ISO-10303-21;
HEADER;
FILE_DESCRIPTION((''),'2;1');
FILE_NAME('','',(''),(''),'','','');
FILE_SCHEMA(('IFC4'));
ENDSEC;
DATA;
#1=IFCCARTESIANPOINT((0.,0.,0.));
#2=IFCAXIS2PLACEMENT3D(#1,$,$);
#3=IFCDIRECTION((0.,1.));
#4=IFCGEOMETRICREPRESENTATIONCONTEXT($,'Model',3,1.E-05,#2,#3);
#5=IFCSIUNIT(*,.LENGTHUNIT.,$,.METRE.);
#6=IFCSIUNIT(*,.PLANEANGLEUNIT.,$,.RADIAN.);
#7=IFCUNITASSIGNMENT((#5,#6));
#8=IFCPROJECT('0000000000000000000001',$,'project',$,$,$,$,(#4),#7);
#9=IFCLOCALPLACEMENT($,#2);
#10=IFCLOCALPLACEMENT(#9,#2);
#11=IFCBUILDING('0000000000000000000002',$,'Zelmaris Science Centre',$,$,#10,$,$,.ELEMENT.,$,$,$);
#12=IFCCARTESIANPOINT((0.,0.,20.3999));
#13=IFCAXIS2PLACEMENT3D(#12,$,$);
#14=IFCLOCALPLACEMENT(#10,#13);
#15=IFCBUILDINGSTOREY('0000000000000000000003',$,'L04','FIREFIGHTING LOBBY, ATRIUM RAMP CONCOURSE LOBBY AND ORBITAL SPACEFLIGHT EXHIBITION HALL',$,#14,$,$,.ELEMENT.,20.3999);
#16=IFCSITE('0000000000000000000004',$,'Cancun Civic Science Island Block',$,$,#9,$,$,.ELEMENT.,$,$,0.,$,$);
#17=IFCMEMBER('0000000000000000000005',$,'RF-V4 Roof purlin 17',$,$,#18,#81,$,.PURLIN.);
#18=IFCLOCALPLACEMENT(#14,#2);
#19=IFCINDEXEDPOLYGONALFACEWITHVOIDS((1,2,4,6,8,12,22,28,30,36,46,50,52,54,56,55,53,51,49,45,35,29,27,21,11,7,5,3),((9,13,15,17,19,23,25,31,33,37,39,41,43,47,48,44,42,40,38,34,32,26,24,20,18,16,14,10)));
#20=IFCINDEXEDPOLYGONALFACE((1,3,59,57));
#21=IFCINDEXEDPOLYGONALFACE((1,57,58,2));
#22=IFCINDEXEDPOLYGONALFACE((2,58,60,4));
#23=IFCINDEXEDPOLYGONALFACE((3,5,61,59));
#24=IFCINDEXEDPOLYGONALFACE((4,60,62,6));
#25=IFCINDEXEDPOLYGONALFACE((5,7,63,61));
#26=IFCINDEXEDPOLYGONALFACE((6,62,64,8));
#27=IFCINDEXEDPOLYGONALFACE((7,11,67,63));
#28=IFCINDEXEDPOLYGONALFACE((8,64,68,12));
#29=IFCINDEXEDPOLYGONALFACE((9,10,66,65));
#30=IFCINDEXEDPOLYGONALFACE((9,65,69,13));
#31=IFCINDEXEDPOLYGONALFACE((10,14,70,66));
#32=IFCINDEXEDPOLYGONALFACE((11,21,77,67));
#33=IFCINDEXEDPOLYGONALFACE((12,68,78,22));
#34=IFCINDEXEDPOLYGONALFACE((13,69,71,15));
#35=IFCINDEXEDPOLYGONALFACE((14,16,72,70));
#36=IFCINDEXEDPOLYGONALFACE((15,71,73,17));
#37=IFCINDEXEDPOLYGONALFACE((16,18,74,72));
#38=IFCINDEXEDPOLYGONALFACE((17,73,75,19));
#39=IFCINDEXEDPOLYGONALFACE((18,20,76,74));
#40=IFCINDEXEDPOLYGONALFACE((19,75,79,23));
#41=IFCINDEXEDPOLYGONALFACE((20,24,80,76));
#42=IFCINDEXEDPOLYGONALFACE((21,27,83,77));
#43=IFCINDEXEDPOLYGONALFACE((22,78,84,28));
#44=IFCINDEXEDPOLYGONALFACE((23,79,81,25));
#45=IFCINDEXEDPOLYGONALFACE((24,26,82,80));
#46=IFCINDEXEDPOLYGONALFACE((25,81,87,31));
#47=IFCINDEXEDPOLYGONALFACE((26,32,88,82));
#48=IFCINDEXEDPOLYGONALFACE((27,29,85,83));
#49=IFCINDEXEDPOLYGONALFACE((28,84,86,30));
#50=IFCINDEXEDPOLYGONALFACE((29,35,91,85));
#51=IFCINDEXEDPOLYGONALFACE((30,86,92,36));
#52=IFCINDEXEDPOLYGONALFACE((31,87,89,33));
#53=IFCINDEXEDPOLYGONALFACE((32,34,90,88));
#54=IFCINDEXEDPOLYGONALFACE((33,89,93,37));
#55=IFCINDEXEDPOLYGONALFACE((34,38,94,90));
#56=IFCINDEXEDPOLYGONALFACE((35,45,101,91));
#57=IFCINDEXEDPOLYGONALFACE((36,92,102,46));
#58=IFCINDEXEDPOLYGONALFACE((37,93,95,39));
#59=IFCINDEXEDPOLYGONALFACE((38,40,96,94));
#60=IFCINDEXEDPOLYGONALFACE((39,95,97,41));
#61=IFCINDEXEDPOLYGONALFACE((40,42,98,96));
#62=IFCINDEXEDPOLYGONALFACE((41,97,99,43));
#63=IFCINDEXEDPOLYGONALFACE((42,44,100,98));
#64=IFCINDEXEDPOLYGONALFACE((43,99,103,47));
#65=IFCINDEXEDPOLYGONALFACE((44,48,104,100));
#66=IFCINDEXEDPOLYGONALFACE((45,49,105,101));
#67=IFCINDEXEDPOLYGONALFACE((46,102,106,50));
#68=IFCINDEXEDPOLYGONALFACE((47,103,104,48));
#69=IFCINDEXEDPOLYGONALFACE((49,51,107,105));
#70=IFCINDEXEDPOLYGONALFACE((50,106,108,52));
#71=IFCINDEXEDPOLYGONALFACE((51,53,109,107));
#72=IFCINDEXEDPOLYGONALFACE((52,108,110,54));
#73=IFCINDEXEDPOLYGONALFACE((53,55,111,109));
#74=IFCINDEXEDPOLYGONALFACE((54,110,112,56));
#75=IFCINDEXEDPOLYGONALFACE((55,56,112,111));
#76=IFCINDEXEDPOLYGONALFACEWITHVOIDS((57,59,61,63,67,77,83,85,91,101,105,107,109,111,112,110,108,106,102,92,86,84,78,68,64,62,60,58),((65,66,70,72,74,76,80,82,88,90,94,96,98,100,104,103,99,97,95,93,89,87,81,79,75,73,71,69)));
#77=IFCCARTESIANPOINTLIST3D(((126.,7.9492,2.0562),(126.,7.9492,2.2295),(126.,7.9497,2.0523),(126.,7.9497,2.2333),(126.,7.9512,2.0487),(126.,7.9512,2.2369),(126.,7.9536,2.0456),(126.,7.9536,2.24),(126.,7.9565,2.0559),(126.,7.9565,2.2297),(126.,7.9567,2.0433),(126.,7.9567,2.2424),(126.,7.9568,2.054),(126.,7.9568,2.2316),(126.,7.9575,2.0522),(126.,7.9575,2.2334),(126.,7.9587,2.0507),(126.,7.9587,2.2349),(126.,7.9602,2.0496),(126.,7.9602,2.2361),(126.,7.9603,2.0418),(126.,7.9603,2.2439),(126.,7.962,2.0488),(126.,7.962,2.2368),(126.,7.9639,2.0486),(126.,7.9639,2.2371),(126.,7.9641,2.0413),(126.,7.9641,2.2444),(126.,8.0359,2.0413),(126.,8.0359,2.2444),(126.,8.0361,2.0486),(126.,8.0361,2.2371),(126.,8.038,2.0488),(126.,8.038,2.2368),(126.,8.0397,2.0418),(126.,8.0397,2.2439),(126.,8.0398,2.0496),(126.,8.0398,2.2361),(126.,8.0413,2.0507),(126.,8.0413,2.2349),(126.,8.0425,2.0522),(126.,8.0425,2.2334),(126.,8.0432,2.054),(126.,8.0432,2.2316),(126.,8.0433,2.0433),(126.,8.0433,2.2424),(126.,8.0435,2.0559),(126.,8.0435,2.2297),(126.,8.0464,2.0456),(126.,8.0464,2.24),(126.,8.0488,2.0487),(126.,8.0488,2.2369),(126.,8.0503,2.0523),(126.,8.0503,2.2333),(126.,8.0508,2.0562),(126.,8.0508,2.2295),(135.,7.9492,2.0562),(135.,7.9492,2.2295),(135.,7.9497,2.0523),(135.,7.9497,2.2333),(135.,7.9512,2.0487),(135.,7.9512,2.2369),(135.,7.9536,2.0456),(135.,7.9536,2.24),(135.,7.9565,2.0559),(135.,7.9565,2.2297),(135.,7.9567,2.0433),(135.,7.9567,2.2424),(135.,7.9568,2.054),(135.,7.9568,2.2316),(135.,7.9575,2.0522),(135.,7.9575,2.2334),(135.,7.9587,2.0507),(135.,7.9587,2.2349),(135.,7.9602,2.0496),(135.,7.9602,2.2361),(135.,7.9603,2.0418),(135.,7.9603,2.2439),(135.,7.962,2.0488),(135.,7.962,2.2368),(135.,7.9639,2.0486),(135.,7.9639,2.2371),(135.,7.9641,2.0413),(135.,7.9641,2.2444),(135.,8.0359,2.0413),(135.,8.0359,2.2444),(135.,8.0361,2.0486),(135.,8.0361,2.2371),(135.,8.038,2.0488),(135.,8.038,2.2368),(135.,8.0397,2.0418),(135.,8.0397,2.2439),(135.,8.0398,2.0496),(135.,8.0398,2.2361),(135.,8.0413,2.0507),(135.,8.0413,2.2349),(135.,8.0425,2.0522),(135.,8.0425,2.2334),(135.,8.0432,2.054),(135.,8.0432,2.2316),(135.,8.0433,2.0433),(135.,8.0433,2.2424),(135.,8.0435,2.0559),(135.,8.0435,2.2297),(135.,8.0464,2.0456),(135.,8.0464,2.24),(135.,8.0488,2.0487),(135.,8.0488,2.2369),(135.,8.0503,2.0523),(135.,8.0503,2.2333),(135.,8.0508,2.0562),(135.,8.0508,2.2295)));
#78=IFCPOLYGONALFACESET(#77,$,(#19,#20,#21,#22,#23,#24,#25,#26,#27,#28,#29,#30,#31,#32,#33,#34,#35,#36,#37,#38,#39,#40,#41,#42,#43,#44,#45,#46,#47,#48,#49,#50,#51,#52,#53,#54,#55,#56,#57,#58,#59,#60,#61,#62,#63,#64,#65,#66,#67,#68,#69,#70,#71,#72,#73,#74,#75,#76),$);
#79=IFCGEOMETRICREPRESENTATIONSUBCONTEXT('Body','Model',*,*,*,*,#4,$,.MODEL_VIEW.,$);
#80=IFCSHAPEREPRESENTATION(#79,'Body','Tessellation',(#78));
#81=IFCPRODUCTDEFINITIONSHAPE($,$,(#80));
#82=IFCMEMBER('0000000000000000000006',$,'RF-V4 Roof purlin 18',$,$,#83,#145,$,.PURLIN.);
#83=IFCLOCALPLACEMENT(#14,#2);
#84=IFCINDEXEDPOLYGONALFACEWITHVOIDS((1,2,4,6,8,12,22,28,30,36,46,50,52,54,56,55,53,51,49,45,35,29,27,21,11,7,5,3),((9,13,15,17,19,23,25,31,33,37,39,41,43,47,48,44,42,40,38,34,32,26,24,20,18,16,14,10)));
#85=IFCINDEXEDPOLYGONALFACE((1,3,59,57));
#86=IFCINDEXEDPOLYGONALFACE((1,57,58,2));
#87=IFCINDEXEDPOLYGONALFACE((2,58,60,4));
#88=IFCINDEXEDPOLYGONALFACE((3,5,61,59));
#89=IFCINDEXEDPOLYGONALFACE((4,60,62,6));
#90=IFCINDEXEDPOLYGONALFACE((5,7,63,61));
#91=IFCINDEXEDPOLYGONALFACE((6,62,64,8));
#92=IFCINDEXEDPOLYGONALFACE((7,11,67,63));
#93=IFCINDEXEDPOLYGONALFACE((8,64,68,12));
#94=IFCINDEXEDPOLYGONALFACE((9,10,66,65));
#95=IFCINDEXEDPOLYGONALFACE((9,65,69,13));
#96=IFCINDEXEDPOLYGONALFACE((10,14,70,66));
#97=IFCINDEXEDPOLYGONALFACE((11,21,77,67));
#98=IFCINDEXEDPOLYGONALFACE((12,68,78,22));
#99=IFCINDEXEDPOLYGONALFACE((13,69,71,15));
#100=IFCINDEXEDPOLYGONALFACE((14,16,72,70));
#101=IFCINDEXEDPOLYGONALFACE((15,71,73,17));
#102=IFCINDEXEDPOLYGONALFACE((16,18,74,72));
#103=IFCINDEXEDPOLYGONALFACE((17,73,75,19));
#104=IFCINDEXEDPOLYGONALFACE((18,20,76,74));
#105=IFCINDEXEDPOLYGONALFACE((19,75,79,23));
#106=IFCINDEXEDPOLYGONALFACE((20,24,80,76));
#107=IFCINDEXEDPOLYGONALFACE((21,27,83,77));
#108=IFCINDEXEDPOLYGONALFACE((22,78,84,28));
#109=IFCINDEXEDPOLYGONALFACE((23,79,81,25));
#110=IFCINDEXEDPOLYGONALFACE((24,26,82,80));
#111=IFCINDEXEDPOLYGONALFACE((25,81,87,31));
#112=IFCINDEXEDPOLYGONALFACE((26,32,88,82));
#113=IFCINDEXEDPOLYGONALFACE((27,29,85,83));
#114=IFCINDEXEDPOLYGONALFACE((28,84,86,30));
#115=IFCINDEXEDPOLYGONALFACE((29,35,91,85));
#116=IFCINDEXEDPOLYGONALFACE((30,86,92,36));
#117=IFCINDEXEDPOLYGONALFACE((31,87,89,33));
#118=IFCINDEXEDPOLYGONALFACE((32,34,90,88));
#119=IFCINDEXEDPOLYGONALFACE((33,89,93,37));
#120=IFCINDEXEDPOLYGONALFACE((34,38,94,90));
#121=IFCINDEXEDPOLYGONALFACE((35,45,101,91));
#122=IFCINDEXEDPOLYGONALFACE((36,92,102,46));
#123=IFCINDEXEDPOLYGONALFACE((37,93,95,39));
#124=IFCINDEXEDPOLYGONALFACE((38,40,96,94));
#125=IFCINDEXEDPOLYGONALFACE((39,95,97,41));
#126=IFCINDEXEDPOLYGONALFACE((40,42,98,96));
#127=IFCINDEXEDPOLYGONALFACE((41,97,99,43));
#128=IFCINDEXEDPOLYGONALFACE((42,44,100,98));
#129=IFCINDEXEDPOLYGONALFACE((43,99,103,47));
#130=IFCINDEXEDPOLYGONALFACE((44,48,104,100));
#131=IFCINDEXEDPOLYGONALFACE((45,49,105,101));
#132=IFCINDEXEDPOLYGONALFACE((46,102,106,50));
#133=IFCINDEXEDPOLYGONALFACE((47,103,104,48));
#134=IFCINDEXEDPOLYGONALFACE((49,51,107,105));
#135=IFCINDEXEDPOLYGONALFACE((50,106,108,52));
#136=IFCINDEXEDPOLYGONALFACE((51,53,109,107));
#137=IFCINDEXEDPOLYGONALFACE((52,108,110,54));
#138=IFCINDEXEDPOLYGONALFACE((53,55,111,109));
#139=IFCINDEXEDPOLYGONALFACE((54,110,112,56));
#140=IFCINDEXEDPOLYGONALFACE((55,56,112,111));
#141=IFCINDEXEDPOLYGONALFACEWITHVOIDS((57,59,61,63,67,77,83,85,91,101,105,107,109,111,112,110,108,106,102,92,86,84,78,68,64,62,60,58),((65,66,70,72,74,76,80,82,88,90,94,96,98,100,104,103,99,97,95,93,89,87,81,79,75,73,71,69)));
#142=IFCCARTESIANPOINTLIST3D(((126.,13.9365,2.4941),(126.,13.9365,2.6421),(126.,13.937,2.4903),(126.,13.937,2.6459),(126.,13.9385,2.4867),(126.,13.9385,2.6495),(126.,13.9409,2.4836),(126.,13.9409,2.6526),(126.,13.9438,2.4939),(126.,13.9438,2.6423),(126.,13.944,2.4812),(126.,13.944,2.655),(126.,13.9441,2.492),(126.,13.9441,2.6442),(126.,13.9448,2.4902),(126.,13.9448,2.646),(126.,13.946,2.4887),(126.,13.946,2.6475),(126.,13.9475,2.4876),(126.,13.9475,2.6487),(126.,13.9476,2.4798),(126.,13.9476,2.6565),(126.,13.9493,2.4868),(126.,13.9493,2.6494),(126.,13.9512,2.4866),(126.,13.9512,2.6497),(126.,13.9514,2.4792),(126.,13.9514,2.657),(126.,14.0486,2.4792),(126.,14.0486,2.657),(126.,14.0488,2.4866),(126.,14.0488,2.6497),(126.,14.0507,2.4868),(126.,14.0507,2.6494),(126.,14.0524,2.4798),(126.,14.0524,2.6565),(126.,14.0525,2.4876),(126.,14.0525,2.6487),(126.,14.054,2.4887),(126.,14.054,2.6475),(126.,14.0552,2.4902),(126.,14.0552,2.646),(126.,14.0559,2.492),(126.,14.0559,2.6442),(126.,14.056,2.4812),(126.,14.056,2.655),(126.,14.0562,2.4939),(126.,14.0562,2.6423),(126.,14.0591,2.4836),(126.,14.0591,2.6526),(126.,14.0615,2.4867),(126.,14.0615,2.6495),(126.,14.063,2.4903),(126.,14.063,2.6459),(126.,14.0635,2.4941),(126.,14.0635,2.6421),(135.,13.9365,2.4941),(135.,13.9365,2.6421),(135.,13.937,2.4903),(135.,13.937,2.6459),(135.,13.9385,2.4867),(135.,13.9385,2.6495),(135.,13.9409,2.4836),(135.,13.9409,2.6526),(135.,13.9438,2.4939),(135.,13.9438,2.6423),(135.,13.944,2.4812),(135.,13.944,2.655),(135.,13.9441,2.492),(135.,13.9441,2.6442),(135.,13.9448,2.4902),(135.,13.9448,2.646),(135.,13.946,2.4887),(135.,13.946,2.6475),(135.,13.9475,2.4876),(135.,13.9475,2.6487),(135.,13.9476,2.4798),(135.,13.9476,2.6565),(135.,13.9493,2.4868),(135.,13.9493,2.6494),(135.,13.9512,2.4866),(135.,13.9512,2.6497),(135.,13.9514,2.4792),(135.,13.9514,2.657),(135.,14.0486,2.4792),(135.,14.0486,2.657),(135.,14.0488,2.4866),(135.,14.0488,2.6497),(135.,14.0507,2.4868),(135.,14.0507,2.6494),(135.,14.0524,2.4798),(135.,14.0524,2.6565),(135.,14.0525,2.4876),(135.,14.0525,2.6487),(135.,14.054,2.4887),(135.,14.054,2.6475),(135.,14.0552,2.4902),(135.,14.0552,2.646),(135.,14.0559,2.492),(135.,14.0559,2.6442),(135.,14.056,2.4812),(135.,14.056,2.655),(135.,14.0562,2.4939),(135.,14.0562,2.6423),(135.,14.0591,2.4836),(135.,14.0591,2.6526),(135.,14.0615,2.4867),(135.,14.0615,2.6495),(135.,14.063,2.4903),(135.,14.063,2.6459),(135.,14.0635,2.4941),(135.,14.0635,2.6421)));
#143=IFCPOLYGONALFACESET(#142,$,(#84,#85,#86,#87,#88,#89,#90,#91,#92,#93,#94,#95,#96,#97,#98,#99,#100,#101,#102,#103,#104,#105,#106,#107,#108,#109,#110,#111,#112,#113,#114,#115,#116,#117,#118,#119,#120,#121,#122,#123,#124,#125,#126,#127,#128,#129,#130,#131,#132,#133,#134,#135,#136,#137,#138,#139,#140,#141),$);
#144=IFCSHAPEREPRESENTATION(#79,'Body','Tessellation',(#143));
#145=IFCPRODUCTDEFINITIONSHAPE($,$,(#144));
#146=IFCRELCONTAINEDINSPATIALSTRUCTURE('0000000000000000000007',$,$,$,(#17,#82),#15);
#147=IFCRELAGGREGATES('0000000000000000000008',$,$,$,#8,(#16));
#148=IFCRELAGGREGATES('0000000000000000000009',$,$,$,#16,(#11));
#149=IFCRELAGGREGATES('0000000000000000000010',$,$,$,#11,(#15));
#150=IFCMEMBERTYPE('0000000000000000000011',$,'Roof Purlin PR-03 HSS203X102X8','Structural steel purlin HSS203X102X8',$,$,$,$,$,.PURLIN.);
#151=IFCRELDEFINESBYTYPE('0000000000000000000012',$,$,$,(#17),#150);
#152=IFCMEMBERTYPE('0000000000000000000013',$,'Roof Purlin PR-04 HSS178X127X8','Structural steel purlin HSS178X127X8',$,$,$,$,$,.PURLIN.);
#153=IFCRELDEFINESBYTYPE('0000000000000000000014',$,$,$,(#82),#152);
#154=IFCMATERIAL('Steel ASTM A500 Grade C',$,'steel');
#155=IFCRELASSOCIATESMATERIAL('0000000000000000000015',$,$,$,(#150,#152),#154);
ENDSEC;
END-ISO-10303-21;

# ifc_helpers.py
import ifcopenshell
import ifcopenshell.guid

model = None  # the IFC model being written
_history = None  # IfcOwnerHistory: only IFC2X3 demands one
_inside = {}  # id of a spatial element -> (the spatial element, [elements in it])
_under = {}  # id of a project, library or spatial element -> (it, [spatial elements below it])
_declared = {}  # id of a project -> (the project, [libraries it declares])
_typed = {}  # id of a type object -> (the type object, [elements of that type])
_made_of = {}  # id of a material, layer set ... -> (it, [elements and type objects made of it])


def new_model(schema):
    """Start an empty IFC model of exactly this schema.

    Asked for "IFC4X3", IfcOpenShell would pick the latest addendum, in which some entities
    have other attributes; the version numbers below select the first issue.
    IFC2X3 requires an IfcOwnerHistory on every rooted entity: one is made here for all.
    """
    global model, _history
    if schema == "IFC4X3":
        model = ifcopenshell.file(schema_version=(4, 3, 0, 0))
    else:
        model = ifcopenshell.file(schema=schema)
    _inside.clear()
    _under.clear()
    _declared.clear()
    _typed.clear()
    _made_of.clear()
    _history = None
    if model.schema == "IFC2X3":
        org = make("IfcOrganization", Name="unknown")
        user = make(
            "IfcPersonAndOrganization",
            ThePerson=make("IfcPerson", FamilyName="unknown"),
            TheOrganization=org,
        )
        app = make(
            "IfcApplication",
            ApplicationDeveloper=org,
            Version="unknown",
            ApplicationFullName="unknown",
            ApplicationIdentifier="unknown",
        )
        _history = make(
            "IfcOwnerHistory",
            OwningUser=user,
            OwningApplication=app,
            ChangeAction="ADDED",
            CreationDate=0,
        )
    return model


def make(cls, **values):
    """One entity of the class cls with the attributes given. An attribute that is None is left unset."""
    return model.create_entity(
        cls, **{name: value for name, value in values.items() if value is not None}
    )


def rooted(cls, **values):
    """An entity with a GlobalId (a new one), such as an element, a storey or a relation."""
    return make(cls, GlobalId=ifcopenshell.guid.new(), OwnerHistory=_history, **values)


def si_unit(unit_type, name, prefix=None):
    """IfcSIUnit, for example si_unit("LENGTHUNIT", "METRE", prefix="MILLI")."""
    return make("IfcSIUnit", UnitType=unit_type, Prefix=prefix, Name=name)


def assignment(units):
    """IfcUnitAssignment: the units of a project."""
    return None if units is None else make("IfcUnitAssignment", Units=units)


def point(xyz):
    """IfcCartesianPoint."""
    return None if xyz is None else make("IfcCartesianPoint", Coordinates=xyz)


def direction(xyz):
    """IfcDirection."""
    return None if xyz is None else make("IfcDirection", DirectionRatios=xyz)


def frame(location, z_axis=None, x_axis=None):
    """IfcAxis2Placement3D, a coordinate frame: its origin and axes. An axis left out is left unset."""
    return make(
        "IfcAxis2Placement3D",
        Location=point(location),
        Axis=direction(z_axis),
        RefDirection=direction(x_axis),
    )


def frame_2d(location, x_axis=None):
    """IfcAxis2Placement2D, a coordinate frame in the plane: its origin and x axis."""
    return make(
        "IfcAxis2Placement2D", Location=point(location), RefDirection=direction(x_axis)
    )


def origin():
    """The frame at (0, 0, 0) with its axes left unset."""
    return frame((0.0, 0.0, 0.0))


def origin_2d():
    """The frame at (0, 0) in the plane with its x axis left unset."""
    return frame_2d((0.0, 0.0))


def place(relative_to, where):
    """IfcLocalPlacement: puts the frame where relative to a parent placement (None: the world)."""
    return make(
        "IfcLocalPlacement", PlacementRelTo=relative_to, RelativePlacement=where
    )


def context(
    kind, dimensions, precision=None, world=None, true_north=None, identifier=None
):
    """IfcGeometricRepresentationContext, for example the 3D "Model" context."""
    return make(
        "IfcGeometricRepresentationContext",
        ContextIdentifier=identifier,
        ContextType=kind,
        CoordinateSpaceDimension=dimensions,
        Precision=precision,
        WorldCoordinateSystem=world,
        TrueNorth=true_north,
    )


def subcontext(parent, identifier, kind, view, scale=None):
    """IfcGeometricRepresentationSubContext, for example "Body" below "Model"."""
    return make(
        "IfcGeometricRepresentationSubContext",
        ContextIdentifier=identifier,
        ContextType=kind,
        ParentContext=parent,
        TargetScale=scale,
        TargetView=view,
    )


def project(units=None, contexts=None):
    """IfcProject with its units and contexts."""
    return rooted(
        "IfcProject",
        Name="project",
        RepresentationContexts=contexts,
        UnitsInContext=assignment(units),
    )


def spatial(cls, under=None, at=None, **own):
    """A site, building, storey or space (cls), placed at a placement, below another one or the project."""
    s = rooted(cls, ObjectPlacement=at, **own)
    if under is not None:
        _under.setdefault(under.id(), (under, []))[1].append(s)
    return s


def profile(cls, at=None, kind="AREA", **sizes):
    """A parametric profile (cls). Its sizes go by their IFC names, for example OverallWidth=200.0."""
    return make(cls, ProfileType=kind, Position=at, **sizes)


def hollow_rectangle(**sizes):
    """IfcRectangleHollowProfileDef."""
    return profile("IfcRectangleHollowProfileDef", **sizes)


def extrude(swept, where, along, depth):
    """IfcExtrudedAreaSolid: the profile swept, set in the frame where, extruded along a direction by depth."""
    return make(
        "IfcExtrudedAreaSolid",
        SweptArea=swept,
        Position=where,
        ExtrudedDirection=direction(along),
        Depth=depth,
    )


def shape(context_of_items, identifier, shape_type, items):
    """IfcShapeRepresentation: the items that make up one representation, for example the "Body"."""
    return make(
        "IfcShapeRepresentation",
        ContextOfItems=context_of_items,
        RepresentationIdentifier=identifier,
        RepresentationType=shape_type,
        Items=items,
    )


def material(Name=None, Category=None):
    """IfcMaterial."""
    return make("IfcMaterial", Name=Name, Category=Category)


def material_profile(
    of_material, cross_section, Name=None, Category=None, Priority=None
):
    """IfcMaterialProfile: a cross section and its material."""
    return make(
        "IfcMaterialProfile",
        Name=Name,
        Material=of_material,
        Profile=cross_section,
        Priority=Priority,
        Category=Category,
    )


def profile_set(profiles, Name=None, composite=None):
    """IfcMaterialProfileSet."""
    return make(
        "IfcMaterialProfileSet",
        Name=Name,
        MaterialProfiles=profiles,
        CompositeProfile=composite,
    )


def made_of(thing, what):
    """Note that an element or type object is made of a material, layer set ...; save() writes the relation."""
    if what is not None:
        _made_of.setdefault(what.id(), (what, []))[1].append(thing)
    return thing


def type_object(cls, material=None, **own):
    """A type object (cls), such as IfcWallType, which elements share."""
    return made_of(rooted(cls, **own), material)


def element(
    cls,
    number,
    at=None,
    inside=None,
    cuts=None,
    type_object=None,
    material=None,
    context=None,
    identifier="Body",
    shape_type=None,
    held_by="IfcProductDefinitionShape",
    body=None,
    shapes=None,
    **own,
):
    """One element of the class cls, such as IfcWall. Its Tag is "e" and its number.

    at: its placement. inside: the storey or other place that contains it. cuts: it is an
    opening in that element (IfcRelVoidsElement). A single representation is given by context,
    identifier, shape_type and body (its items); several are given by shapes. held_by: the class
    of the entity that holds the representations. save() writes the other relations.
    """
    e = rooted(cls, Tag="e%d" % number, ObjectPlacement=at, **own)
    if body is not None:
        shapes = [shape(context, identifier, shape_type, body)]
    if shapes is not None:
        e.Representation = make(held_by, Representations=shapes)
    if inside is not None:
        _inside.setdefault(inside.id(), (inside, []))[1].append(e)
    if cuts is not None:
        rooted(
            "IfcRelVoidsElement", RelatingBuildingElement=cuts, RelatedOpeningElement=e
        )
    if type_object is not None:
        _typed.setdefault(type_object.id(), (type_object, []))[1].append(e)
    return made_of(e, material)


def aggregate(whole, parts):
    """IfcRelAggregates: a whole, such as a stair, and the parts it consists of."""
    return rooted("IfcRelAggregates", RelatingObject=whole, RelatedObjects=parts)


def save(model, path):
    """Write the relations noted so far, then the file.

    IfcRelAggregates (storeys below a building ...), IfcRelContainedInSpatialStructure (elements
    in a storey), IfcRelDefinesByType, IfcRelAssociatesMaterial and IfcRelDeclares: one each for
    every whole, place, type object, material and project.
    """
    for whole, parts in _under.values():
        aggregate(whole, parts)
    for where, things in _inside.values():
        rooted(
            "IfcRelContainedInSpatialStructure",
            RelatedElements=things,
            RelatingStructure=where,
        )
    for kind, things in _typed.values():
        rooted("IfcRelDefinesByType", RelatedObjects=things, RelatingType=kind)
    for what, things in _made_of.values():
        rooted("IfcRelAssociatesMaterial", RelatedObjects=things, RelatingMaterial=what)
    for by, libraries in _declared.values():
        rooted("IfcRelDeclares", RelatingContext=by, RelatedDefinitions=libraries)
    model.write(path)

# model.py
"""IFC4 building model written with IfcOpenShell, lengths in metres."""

from ifc_helpers import new_model, si_unit, direction, frame, origin, origin_2d, place, context, subcontext, project, spatial, hollow_rectangle, extrude, material, material_profile, profile_set, type_object, element, save


model = new_model("IFC4")

# Units and contexts
model_context = context("Model", 3, precision=1e-05, world=origin(), true_north=direction((0.0, 1.0)))
body_context = subcontext(model_context, "Body", "Model", "MODEL_VIEW")
ifc_project = project(units=[si_unit("LENGTHUNIT", "METRE"), si_unit("PLANEANGLEUNIT", "RADIAN")], contexts=[model_context])

# Site, building, storey
site_placement = place(None, origin())
site = spatial("IfcSite", under=ifc_project, at=site_placement, Name="Cancun Civic Science Island Block", CompositionType="ELEMENT", RefElevation=0.0)
building_placement = place(site_placement, origin())
building = spatial("IfcBuilding", under=site, at=building_placement, Name="Zelmaris Science Centre", CompositionType="ELEMENT")
storey_placement = place(building_placement, frame((0.0, 0.0, 20.3999)))
storey = spatial("IfcBuildingStorey", under=building, at=storey_placement, Name="L04", Description="FIREFIGHTING LOBBY, ATRIUM RAMP CONCOURSE LOBBY AND ORBITAL SPACEFLIGHT EXHIBITION HALL", CompositionType="ELEMENT", Elevation=20.3999)

# Shared definitions
ifc_material = material(Name="Steel ASTM A500 Grade C", Category="steel")

# Members
ifc_material_profile_1 = material_profile(ifc_material, hollow_rectangle(XDim=0.1016, YDim=0.2031, WallThickness=0.0073, InnerFilletRadius=0.0073, OuterFilletRadius=0.0149, at=origin_2d()), Name="HSS203X102X8")
ifc_profile_set_1 = profile_set([ifc_material_profile_1], Name="Steel ASTM A500 Grade C")
member_type_1 = type_object("IfcMemberType", Name="Roof Purlin PR-03 HSS203X102X8", Description="Structural steel purlin HSS203X102X8", PredefinedType="PURLIN", material=ifc_profile_set_1)
member_1_placement = place(storey_placement, frame((126.0, 8.0, 2.1428), z_axis=(1.0, 0.0, 0.0), x_axis=(0.0, 1.0, 0.0)))
element("IfcMember", 1, at=member_1_placement, inside=storey, type_object=member_type_1, Name="RF-V4 Roof purlin 17", PredefinedType="PURLIN", context=body_context, shape_type="SweptSolid", body=[
    extrude(hollow_rectangle(XDim=0.1016, YDim=0.2031, WallThickness=0.0073, InnerFilletRadius=0.0073, OuterFilletRadius=0.0149, at=origin_2d()), origin(), (0.0, 0.0, 1.0), 9.0),
])
ifc_material_profile_2 = material_profile(ifc_material, hollow_rectangle(XDim=0.127, YDim=0.1777, WallThickness=0.0073, InnerFilletRadius=0.0073, OuterFilletRadius=0.0149, at=origin_2d()), Name="HSS178X127X8")
ifc_profile_set_2 = profile_set([ifc_material_profile_2], Name="Steel ASTM A500 Grade C")
member_type_2 = type_object("IfcMemberType", Name="Roof Purlin PR-04 HSS178X127X8", Description="Structural steel purlin HSS178X127X8", PredefinedType="PURLIN", material=ifc_profile_set_2)
member_2_placement = place(storey_placement, frame((126.0, 14.0, 2.5681), z_axis=(1.0, 0.0, 0.0), x_axis=(0.0, 1.0, 0.0)))
element("IfcMember", 2, at=member_2_placement, inside=storey, type_object=member_type_2, Name="RF-V4 Roof purlin 18", PredefinedType="PURLIN", context=body_context, shape_type="SweptSolid", body=[
    extrude(hollow_rectangle(XDim=0.127, YDim=0.1777, WallThickness=0.0073, InnerFilletRadius=0.0073, OuterFilletRadius=0.0149, at=origin_2d()), origin(), (0.0, 0.0, 1.0), 9.0),
])

save(model, "model.ifc")
